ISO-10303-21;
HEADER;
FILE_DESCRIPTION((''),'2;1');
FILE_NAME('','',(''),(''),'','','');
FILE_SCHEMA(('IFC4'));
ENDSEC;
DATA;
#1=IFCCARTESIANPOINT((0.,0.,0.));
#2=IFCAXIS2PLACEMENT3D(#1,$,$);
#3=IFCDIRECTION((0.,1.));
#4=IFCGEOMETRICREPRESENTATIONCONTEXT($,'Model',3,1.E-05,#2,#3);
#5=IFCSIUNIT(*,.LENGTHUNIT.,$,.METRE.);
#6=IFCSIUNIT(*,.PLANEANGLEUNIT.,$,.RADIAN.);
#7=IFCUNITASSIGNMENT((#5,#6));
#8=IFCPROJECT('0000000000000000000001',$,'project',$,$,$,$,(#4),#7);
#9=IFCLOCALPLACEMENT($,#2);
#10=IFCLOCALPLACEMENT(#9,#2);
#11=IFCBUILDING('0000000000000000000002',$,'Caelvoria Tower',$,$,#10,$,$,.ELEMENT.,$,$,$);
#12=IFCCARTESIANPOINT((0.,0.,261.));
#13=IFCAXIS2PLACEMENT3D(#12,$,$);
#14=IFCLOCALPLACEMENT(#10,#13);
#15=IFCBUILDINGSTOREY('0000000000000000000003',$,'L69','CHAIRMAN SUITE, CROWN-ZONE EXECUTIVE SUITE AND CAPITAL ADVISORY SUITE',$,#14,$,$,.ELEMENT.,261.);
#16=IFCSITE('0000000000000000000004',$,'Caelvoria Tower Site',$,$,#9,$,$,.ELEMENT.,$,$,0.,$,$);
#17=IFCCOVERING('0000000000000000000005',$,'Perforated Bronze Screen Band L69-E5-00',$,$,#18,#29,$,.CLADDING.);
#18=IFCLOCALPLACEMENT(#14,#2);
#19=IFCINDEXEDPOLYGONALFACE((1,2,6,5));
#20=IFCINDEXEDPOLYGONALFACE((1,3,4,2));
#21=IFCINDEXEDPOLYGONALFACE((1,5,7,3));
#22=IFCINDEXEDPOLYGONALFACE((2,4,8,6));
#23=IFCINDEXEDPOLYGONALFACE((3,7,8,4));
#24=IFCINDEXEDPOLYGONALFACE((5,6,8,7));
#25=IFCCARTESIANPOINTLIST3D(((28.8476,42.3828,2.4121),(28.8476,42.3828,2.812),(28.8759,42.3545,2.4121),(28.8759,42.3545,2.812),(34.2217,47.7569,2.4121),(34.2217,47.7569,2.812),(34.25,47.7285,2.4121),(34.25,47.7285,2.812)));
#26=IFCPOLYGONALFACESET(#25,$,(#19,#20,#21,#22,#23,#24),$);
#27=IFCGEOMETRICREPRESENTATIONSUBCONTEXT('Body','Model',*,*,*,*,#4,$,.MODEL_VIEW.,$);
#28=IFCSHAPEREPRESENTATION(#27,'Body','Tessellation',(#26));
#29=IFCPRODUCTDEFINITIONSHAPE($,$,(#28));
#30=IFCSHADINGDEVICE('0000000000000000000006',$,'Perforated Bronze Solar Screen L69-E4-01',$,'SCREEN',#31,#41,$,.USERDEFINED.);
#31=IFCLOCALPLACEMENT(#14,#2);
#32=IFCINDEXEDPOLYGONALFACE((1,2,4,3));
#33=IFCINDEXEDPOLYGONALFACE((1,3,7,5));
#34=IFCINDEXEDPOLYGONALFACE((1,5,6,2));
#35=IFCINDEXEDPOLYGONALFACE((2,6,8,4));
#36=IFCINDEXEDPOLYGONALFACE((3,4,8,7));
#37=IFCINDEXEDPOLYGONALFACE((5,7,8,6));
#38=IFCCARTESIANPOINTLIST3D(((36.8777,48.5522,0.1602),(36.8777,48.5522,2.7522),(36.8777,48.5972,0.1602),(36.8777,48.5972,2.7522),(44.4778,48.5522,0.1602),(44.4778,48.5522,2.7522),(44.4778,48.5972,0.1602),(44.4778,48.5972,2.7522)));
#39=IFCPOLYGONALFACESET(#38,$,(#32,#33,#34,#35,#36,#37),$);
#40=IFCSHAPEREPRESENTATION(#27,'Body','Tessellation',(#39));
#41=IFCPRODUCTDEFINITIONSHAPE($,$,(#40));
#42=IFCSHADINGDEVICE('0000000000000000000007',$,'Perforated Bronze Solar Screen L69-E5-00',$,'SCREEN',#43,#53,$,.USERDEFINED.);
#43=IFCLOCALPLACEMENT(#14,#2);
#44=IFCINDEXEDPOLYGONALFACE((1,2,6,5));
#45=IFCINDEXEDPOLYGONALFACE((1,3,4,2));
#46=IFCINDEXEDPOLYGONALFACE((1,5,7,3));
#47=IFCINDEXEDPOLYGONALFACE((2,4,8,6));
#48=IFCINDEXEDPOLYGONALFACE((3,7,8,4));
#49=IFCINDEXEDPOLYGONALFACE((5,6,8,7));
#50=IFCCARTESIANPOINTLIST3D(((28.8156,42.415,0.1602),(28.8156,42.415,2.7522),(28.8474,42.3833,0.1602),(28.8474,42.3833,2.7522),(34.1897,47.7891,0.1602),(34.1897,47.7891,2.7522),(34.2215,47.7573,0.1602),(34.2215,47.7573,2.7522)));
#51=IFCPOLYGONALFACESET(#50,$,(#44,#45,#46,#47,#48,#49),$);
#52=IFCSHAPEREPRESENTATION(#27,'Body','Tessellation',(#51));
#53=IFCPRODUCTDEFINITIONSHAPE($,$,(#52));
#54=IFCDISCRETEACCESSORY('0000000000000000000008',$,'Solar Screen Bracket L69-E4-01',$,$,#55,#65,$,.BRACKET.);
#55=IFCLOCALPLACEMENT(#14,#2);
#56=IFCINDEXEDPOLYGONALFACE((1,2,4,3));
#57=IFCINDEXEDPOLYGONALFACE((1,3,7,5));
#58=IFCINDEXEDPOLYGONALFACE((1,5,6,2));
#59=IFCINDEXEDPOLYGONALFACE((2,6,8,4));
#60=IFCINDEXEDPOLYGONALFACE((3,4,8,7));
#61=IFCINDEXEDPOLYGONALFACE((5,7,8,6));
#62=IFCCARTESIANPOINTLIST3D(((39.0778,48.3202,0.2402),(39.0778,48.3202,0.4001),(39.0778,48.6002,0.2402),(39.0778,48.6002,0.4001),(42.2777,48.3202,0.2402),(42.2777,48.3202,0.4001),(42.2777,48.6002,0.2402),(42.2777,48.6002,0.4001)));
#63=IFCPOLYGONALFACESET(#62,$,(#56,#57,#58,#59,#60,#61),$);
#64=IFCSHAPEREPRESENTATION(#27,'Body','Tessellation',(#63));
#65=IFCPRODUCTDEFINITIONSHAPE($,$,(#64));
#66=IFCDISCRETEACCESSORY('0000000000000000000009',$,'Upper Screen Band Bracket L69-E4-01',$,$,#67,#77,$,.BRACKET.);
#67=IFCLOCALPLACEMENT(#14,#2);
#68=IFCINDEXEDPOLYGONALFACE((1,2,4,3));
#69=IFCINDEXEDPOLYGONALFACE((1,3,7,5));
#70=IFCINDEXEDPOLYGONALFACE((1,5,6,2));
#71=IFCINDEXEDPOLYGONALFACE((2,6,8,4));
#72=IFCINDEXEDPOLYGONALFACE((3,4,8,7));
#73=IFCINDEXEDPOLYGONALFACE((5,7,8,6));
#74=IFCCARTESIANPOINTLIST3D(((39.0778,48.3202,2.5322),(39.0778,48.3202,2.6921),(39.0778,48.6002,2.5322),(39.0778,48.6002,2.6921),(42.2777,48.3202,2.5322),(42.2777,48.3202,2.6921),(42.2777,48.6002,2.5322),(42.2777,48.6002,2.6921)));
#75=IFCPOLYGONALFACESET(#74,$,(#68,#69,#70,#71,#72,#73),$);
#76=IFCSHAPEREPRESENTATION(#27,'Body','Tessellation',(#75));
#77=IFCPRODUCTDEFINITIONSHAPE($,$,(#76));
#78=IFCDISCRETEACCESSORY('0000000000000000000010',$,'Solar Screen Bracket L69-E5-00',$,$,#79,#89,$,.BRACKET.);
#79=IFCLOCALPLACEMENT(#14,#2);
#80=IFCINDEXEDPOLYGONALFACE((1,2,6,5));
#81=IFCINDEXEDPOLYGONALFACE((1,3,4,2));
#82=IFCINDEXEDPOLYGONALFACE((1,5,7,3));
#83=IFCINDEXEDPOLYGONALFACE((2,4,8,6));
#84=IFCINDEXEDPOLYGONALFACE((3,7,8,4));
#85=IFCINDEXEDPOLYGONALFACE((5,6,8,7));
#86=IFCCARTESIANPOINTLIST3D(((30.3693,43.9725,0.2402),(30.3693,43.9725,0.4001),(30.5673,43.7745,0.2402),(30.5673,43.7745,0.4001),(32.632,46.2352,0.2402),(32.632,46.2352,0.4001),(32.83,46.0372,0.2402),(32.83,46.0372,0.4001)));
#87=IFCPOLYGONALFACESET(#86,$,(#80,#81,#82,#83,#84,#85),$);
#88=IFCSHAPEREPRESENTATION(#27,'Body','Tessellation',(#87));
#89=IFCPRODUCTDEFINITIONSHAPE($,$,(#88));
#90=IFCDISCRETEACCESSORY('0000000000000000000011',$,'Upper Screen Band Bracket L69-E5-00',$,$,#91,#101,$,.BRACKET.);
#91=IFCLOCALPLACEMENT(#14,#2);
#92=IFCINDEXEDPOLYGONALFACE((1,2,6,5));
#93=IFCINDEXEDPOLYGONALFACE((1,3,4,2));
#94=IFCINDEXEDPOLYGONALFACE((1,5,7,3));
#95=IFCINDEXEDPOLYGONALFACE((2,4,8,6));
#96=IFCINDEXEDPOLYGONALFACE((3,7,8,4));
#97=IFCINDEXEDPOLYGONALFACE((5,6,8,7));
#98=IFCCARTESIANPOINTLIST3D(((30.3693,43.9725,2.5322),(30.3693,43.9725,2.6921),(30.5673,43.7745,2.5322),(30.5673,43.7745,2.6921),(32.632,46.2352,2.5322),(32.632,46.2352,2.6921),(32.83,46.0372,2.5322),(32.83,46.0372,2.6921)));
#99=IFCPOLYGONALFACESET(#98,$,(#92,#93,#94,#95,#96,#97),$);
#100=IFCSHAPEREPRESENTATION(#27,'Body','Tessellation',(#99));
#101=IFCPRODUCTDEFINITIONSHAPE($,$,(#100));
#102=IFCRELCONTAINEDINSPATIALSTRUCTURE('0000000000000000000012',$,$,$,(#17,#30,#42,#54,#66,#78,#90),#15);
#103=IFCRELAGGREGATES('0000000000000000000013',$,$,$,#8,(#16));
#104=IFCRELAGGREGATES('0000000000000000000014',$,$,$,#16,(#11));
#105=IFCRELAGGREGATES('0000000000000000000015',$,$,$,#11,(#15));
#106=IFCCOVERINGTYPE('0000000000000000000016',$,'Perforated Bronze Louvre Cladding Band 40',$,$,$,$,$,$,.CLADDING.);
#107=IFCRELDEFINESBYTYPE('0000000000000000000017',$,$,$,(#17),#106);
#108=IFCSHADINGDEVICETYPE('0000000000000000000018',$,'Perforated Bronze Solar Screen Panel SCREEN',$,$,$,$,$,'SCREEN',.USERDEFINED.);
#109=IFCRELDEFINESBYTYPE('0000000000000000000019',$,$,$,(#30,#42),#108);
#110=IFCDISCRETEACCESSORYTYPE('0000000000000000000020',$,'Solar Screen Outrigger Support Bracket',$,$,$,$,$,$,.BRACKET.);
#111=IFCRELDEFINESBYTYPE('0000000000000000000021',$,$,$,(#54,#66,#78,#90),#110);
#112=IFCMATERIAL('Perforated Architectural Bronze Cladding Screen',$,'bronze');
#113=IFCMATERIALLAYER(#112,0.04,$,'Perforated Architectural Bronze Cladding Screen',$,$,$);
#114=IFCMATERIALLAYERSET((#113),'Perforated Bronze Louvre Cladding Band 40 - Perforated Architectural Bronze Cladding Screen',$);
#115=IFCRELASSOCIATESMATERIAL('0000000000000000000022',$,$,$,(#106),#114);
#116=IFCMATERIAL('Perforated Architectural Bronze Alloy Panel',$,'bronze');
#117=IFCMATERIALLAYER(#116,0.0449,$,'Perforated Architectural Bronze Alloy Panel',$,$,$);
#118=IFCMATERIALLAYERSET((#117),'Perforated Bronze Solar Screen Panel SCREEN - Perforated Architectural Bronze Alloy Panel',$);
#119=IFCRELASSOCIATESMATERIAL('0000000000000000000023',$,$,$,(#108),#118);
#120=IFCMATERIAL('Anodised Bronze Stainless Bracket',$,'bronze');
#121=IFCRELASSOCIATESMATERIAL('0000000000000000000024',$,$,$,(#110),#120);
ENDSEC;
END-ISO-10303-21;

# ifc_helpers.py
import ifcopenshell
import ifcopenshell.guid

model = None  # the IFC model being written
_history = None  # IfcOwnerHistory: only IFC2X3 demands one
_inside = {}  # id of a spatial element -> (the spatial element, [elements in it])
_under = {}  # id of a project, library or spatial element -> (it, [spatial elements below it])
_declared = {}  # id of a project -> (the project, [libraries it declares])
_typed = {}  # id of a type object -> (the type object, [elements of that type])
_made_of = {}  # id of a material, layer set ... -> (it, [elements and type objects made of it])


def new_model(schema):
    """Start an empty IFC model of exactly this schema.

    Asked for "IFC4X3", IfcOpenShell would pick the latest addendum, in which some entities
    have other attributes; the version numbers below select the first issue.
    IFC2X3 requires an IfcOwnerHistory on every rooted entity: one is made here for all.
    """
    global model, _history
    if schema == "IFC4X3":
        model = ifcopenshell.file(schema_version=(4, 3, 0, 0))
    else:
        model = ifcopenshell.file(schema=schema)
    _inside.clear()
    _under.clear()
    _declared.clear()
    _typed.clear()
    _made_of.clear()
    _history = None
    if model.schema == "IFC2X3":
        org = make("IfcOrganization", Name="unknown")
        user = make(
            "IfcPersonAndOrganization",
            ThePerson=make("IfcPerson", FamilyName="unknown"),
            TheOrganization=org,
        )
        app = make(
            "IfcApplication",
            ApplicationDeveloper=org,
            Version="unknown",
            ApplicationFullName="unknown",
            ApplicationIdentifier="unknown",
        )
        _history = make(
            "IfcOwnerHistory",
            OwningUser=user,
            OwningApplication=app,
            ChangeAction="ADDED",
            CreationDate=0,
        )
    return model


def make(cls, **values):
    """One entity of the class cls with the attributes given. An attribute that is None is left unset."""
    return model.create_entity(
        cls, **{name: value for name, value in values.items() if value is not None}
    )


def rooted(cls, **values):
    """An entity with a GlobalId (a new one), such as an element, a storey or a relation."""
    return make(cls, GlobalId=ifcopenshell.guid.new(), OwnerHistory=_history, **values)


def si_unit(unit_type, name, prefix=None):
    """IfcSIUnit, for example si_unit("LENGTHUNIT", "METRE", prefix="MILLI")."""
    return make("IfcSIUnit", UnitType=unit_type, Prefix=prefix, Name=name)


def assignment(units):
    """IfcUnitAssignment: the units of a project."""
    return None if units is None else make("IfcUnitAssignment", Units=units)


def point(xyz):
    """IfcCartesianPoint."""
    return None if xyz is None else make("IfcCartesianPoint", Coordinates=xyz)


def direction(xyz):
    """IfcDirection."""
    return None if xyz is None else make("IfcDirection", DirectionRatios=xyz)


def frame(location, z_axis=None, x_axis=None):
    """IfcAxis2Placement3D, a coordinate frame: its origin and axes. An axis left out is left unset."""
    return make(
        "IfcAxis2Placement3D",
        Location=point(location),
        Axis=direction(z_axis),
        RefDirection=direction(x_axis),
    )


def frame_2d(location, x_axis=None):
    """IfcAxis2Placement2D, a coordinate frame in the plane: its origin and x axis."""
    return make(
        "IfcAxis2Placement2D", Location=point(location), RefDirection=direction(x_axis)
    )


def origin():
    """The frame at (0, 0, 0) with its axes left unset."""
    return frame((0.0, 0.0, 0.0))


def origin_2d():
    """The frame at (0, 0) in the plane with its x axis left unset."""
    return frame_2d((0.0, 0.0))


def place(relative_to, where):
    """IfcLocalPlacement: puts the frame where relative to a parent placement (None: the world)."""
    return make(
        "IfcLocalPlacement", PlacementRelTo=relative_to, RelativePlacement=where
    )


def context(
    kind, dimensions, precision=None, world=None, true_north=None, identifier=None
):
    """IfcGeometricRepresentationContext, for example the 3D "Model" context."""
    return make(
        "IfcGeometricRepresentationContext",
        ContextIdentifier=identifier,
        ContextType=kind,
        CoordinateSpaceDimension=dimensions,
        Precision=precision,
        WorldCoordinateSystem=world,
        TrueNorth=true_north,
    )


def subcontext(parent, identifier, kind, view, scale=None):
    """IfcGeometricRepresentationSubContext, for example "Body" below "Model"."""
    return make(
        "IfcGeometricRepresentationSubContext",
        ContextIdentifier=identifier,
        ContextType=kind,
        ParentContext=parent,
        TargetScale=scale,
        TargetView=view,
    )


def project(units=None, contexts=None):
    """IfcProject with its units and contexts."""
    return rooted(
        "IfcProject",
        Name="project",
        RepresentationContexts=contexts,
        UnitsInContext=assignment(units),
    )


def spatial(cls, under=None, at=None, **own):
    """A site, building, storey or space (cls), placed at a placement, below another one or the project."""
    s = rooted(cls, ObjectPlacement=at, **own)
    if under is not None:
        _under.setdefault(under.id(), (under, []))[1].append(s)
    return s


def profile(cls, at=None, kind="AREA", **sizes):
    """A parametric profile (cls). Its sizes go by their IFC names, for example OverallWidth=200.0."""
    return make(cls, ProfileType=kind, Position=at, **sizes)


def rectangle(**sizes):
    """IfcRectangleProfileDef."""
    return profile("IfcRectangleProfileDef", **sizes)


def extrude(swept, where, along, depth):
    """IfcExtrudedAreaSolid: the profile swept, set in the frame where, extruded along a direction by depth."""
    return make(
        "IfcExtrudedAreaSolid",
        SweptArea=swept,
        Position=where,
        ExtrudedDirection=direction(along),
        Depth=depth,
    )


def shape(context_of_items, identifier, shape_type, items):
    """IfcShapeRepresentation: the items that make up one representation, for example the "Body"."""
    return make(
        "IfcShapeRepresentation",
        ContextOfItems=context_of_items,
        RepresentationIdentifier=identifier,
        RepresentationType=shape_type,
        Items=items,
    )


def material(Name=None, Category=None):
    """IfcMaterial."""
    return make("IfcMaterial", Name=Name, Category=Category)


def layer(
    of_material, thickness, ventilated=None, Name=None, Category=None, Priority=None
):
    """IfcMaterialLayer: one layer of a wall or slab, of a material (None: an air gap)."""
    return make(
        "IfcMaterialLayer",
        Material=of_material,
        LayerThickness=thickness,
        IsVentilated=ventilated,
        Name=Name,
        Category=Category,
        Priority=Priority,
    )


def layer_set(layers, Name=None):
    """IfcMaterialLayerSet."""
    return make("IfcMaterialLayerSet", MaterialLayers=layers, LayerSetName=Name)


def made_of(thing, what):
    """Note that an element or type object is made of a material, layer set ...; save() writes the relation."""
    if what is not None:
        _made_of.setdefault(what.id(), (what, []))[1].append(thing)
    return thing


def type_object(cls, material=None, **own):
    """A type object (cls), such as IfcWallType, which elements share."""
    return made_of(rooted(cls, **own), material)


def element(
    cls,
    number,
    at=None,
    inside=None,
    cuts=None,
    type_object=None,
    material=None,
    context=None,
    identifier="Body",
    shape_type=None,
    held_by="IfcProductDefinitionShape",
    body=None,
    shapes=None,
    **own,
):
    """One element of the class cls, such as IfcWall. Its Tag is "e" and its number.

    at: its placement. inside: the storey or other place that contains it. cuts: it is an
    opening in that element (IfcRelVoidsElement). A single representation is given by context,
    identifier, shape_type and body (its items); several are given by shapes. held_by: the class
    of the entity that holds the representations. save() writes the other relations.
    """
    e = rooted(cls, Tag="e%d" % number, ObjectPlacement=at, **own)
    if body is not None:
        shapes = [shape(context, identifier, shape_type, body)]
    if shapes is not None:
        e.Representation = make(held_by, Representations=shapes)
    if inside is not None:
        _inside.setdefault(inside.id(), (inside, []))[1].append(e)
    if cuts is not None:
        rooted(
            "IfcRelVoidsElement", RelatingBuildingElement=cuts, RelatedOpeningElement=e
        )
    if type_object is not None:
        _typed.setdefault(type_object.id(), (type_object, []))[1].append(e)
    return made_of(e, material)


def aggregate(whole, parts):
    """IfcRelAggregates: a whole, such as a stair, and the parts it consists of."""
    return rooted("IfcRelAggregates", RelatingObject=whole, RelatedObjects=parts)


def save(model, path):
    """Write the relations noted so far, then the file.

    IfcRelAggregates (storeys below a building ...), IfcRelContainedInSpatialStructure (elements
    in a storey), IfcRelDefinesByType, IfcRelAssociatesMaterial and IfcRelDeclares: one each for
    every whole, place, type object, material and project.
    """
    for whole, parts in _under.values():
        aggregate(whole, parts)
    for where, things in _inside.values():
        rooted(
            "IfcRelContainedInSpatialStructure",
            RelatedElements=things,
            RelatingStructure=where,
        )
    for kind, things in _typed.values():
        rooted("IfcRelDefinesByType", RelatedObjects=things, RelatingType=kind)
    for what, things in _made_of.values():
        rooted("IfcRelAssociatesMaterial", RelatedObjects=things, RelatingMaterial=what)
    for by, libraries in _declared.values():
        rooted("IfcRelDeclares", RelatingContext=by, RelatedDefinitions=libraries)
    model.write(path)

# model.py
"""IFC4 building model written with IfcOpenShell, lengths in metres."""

from ifc_helpers import new_model, si_unit, direction, frame, origin, origin_2d, place, context, subcontext, project, spatial, rectangle, extrude, material, layer, layer_set, type_object, element, save


model = new_model("IFC4")

# Units and contexts
model_context = context("Model", 3, precision=1e-05, world=origin(), true_north=direction((0.0, 1.0)))
body_context = subcontext(model_context, "Body", "Model", "MODEL_VIEW")
ifc_project = project(units=[si_unit("LENGTHUNIT", "METRE"), si_unit("PLANEANGLEUNIT", "RADIAN")], contexts=[model_context])

# Site, building, storey
site_placement = place(None, origin())
site = spatial("IfcSite", under=ifc_project, at=site_placement, Name="Caelvoria Tower Site", CompositionType="ELEMENT", RefElevation=0.0)
building_placement = place(site_placement, origin())
building = spatial("IfcBuilding", under=site, at=building_placement, Name="Caelvoria Tower", CompositionType="ELEMENT")
storey_placement = place(building_placement, frame((0.0, 0.0, 261.0)))
storey = spatial("IfcBuildingStorey", under=building, at=storey_placement, Name="L69", Description="CHAIRMAN SUITE, CROWN-ZONE EXECUTIVE SUITE AND CAPITAL ADVISORY SUITE", CompositionType="ELEMENT", Elevation=261.0)

# Covering
ifc_material_1 = material(Name="Perforated Architectural Bronze Cladding Screen", Category="bronze")
ifc_layer_1 = layer(ifc_material_1, 0.04, Name="Perforated Architectural Bronze Cladding Screen")
ifc_layer_set_1 = layer_set([ifc_layer_1], Name="Perforated Bronze Louvre Cladding Band 40 - Perforated Architectural Bronze Cladding Screen")
covering_type = type_object("IfcCoveringType", Name="Perforated Bronze Louvre Cladding Band 40", PredefinedType="CLADDING", material=ifc_layer_set_1)
for number, where, z_axis, x_axis, name in (
    (1, (31.5488, 45.0557, 2.4121), (0.0, 0.0, 1.0), (-0.707107, -0.707107, 0.0), "Perforated Bronze Screen Band L69-E5-00"),
):
    element("IfcCovering", number, at=place(storey_placement, frame(where, z_axis=z_axis, x_axis=x_axis)), inside=storey, type_object=covering_type, Name=name, PredefinedType="CLADDING", context=body_context, shape_type="SweptSolid", body=[
        extrude(rectangle(XDim=7.6001, YDim=0.04, at=origin_2d()), origin(), (0.0, 0.0, 1.0), 0.3999),
    ])

# Shading devices
ifc_material_2 = material(Name="Perforated Architectural Bronze Alloy Panel", Category="bronze")
ifc_layer_2 = layer(ifc_material_2, 0.0449, Name="Perforated Architectural Bronze Alloy Panel")
ifc_layer_set_2 = layer_set([ifc_layer_2], Name="Perforated Bronze Solar Screen Panel SCREEN - Perforated Architectural Bronze Alloy Panel")
shading_device_type = type_object("IfcShadingDeviceType", Name="Perforated Bronze Solar Screen Panel SCREEN", ElementType="SCREEN", PredefinedType="USERDEFINED", material=ifc_layer_set_2)
for number, where, z_axis, x_axis, name in (
    (2, (40.6777, 48.5747, 0.1602), (0.0, 0.0, 1.0), (-1.0, 0.0, 0.0), "Perforated Bronze Solar Screen L69-E4-01"),
    (3, (31.5186, 45.0862, 0.1602), (0.0, 0.0, 1.0), (-0.707107, -0.707107, 0.0), "Perforated Bronze Solar Screen L69-E5-00"),
):
    element("IfcShadingDevice", number, at=place(storey_placement, frame(where, z_axis=z_axis, x_axis=x_axis)), inside=storey, type_object=shading_device_type, Name=name, ObjectType="SCREEN", PredefinedType="USERDEFINED", context=body_context, shape_type="SweptSolid", body=[
        extrude(rectangle(XDim=7.6001, YDim=0.0449, at=origin_2d()), origin(), (0.0, 0.0, 1.0), 2.592),
    ])

# Discrete accessories
ifc_material_3 = material(Name="Anodised Bronze Stainless Bracket", Category="bronze")
discrete_accessory_type = type_object("IfcDiscreteAccessoryType", Name="Solar Screen Outrigger Support Bracket", PredefinedType="BRACKET", material=ifc_material_3)
for number, where, z_axis, x_axis, name in (
    (4, (40.6777, 48.4602, 0.2402), (0.0, 0.0, 1.0), (-1.0, 0.0, 0.0), "Solar Screen Bracket L69-E4-01"),
    (5, (40.6777, 48.4602, 2.5322), (0.0, 0.0, 1.0), (-1.0, 0.0, 0.0), "Upper Screen Band Bracket L69-E4-01"),
    (6, (31.5996, 45.0049, 0.2402), (0.0, 0.0, 1.0), (-0.707107, -0.707107, 0.0), "Solar Screen Bracket L69-E5-00"),
    (7, (31.5996, 45.0049, 2.5322), (0.0, 0.0, 1.0), (-0.707107, -0.707107, 0.0), "Upper Screen Band Bracket L69-E5-00"),
):
    element("IfcDiscreteAccessory", number, at=place(storey_placement, frame(where, z_axis=z_axis, x_axis=x_axis)), inside=storey, type_object=discrete_accessory_type, Name=name, PredefinedType="BRACKET", context=body_context, shape_type="SweptSolid", body=[
        extrude(rectangle(XDim=3.2, YDim=0.28, at=origin_2d()), origin(), (0.0, 0.0, 1.0), 0.1599),
    ])

save(model, "model.ifc")
